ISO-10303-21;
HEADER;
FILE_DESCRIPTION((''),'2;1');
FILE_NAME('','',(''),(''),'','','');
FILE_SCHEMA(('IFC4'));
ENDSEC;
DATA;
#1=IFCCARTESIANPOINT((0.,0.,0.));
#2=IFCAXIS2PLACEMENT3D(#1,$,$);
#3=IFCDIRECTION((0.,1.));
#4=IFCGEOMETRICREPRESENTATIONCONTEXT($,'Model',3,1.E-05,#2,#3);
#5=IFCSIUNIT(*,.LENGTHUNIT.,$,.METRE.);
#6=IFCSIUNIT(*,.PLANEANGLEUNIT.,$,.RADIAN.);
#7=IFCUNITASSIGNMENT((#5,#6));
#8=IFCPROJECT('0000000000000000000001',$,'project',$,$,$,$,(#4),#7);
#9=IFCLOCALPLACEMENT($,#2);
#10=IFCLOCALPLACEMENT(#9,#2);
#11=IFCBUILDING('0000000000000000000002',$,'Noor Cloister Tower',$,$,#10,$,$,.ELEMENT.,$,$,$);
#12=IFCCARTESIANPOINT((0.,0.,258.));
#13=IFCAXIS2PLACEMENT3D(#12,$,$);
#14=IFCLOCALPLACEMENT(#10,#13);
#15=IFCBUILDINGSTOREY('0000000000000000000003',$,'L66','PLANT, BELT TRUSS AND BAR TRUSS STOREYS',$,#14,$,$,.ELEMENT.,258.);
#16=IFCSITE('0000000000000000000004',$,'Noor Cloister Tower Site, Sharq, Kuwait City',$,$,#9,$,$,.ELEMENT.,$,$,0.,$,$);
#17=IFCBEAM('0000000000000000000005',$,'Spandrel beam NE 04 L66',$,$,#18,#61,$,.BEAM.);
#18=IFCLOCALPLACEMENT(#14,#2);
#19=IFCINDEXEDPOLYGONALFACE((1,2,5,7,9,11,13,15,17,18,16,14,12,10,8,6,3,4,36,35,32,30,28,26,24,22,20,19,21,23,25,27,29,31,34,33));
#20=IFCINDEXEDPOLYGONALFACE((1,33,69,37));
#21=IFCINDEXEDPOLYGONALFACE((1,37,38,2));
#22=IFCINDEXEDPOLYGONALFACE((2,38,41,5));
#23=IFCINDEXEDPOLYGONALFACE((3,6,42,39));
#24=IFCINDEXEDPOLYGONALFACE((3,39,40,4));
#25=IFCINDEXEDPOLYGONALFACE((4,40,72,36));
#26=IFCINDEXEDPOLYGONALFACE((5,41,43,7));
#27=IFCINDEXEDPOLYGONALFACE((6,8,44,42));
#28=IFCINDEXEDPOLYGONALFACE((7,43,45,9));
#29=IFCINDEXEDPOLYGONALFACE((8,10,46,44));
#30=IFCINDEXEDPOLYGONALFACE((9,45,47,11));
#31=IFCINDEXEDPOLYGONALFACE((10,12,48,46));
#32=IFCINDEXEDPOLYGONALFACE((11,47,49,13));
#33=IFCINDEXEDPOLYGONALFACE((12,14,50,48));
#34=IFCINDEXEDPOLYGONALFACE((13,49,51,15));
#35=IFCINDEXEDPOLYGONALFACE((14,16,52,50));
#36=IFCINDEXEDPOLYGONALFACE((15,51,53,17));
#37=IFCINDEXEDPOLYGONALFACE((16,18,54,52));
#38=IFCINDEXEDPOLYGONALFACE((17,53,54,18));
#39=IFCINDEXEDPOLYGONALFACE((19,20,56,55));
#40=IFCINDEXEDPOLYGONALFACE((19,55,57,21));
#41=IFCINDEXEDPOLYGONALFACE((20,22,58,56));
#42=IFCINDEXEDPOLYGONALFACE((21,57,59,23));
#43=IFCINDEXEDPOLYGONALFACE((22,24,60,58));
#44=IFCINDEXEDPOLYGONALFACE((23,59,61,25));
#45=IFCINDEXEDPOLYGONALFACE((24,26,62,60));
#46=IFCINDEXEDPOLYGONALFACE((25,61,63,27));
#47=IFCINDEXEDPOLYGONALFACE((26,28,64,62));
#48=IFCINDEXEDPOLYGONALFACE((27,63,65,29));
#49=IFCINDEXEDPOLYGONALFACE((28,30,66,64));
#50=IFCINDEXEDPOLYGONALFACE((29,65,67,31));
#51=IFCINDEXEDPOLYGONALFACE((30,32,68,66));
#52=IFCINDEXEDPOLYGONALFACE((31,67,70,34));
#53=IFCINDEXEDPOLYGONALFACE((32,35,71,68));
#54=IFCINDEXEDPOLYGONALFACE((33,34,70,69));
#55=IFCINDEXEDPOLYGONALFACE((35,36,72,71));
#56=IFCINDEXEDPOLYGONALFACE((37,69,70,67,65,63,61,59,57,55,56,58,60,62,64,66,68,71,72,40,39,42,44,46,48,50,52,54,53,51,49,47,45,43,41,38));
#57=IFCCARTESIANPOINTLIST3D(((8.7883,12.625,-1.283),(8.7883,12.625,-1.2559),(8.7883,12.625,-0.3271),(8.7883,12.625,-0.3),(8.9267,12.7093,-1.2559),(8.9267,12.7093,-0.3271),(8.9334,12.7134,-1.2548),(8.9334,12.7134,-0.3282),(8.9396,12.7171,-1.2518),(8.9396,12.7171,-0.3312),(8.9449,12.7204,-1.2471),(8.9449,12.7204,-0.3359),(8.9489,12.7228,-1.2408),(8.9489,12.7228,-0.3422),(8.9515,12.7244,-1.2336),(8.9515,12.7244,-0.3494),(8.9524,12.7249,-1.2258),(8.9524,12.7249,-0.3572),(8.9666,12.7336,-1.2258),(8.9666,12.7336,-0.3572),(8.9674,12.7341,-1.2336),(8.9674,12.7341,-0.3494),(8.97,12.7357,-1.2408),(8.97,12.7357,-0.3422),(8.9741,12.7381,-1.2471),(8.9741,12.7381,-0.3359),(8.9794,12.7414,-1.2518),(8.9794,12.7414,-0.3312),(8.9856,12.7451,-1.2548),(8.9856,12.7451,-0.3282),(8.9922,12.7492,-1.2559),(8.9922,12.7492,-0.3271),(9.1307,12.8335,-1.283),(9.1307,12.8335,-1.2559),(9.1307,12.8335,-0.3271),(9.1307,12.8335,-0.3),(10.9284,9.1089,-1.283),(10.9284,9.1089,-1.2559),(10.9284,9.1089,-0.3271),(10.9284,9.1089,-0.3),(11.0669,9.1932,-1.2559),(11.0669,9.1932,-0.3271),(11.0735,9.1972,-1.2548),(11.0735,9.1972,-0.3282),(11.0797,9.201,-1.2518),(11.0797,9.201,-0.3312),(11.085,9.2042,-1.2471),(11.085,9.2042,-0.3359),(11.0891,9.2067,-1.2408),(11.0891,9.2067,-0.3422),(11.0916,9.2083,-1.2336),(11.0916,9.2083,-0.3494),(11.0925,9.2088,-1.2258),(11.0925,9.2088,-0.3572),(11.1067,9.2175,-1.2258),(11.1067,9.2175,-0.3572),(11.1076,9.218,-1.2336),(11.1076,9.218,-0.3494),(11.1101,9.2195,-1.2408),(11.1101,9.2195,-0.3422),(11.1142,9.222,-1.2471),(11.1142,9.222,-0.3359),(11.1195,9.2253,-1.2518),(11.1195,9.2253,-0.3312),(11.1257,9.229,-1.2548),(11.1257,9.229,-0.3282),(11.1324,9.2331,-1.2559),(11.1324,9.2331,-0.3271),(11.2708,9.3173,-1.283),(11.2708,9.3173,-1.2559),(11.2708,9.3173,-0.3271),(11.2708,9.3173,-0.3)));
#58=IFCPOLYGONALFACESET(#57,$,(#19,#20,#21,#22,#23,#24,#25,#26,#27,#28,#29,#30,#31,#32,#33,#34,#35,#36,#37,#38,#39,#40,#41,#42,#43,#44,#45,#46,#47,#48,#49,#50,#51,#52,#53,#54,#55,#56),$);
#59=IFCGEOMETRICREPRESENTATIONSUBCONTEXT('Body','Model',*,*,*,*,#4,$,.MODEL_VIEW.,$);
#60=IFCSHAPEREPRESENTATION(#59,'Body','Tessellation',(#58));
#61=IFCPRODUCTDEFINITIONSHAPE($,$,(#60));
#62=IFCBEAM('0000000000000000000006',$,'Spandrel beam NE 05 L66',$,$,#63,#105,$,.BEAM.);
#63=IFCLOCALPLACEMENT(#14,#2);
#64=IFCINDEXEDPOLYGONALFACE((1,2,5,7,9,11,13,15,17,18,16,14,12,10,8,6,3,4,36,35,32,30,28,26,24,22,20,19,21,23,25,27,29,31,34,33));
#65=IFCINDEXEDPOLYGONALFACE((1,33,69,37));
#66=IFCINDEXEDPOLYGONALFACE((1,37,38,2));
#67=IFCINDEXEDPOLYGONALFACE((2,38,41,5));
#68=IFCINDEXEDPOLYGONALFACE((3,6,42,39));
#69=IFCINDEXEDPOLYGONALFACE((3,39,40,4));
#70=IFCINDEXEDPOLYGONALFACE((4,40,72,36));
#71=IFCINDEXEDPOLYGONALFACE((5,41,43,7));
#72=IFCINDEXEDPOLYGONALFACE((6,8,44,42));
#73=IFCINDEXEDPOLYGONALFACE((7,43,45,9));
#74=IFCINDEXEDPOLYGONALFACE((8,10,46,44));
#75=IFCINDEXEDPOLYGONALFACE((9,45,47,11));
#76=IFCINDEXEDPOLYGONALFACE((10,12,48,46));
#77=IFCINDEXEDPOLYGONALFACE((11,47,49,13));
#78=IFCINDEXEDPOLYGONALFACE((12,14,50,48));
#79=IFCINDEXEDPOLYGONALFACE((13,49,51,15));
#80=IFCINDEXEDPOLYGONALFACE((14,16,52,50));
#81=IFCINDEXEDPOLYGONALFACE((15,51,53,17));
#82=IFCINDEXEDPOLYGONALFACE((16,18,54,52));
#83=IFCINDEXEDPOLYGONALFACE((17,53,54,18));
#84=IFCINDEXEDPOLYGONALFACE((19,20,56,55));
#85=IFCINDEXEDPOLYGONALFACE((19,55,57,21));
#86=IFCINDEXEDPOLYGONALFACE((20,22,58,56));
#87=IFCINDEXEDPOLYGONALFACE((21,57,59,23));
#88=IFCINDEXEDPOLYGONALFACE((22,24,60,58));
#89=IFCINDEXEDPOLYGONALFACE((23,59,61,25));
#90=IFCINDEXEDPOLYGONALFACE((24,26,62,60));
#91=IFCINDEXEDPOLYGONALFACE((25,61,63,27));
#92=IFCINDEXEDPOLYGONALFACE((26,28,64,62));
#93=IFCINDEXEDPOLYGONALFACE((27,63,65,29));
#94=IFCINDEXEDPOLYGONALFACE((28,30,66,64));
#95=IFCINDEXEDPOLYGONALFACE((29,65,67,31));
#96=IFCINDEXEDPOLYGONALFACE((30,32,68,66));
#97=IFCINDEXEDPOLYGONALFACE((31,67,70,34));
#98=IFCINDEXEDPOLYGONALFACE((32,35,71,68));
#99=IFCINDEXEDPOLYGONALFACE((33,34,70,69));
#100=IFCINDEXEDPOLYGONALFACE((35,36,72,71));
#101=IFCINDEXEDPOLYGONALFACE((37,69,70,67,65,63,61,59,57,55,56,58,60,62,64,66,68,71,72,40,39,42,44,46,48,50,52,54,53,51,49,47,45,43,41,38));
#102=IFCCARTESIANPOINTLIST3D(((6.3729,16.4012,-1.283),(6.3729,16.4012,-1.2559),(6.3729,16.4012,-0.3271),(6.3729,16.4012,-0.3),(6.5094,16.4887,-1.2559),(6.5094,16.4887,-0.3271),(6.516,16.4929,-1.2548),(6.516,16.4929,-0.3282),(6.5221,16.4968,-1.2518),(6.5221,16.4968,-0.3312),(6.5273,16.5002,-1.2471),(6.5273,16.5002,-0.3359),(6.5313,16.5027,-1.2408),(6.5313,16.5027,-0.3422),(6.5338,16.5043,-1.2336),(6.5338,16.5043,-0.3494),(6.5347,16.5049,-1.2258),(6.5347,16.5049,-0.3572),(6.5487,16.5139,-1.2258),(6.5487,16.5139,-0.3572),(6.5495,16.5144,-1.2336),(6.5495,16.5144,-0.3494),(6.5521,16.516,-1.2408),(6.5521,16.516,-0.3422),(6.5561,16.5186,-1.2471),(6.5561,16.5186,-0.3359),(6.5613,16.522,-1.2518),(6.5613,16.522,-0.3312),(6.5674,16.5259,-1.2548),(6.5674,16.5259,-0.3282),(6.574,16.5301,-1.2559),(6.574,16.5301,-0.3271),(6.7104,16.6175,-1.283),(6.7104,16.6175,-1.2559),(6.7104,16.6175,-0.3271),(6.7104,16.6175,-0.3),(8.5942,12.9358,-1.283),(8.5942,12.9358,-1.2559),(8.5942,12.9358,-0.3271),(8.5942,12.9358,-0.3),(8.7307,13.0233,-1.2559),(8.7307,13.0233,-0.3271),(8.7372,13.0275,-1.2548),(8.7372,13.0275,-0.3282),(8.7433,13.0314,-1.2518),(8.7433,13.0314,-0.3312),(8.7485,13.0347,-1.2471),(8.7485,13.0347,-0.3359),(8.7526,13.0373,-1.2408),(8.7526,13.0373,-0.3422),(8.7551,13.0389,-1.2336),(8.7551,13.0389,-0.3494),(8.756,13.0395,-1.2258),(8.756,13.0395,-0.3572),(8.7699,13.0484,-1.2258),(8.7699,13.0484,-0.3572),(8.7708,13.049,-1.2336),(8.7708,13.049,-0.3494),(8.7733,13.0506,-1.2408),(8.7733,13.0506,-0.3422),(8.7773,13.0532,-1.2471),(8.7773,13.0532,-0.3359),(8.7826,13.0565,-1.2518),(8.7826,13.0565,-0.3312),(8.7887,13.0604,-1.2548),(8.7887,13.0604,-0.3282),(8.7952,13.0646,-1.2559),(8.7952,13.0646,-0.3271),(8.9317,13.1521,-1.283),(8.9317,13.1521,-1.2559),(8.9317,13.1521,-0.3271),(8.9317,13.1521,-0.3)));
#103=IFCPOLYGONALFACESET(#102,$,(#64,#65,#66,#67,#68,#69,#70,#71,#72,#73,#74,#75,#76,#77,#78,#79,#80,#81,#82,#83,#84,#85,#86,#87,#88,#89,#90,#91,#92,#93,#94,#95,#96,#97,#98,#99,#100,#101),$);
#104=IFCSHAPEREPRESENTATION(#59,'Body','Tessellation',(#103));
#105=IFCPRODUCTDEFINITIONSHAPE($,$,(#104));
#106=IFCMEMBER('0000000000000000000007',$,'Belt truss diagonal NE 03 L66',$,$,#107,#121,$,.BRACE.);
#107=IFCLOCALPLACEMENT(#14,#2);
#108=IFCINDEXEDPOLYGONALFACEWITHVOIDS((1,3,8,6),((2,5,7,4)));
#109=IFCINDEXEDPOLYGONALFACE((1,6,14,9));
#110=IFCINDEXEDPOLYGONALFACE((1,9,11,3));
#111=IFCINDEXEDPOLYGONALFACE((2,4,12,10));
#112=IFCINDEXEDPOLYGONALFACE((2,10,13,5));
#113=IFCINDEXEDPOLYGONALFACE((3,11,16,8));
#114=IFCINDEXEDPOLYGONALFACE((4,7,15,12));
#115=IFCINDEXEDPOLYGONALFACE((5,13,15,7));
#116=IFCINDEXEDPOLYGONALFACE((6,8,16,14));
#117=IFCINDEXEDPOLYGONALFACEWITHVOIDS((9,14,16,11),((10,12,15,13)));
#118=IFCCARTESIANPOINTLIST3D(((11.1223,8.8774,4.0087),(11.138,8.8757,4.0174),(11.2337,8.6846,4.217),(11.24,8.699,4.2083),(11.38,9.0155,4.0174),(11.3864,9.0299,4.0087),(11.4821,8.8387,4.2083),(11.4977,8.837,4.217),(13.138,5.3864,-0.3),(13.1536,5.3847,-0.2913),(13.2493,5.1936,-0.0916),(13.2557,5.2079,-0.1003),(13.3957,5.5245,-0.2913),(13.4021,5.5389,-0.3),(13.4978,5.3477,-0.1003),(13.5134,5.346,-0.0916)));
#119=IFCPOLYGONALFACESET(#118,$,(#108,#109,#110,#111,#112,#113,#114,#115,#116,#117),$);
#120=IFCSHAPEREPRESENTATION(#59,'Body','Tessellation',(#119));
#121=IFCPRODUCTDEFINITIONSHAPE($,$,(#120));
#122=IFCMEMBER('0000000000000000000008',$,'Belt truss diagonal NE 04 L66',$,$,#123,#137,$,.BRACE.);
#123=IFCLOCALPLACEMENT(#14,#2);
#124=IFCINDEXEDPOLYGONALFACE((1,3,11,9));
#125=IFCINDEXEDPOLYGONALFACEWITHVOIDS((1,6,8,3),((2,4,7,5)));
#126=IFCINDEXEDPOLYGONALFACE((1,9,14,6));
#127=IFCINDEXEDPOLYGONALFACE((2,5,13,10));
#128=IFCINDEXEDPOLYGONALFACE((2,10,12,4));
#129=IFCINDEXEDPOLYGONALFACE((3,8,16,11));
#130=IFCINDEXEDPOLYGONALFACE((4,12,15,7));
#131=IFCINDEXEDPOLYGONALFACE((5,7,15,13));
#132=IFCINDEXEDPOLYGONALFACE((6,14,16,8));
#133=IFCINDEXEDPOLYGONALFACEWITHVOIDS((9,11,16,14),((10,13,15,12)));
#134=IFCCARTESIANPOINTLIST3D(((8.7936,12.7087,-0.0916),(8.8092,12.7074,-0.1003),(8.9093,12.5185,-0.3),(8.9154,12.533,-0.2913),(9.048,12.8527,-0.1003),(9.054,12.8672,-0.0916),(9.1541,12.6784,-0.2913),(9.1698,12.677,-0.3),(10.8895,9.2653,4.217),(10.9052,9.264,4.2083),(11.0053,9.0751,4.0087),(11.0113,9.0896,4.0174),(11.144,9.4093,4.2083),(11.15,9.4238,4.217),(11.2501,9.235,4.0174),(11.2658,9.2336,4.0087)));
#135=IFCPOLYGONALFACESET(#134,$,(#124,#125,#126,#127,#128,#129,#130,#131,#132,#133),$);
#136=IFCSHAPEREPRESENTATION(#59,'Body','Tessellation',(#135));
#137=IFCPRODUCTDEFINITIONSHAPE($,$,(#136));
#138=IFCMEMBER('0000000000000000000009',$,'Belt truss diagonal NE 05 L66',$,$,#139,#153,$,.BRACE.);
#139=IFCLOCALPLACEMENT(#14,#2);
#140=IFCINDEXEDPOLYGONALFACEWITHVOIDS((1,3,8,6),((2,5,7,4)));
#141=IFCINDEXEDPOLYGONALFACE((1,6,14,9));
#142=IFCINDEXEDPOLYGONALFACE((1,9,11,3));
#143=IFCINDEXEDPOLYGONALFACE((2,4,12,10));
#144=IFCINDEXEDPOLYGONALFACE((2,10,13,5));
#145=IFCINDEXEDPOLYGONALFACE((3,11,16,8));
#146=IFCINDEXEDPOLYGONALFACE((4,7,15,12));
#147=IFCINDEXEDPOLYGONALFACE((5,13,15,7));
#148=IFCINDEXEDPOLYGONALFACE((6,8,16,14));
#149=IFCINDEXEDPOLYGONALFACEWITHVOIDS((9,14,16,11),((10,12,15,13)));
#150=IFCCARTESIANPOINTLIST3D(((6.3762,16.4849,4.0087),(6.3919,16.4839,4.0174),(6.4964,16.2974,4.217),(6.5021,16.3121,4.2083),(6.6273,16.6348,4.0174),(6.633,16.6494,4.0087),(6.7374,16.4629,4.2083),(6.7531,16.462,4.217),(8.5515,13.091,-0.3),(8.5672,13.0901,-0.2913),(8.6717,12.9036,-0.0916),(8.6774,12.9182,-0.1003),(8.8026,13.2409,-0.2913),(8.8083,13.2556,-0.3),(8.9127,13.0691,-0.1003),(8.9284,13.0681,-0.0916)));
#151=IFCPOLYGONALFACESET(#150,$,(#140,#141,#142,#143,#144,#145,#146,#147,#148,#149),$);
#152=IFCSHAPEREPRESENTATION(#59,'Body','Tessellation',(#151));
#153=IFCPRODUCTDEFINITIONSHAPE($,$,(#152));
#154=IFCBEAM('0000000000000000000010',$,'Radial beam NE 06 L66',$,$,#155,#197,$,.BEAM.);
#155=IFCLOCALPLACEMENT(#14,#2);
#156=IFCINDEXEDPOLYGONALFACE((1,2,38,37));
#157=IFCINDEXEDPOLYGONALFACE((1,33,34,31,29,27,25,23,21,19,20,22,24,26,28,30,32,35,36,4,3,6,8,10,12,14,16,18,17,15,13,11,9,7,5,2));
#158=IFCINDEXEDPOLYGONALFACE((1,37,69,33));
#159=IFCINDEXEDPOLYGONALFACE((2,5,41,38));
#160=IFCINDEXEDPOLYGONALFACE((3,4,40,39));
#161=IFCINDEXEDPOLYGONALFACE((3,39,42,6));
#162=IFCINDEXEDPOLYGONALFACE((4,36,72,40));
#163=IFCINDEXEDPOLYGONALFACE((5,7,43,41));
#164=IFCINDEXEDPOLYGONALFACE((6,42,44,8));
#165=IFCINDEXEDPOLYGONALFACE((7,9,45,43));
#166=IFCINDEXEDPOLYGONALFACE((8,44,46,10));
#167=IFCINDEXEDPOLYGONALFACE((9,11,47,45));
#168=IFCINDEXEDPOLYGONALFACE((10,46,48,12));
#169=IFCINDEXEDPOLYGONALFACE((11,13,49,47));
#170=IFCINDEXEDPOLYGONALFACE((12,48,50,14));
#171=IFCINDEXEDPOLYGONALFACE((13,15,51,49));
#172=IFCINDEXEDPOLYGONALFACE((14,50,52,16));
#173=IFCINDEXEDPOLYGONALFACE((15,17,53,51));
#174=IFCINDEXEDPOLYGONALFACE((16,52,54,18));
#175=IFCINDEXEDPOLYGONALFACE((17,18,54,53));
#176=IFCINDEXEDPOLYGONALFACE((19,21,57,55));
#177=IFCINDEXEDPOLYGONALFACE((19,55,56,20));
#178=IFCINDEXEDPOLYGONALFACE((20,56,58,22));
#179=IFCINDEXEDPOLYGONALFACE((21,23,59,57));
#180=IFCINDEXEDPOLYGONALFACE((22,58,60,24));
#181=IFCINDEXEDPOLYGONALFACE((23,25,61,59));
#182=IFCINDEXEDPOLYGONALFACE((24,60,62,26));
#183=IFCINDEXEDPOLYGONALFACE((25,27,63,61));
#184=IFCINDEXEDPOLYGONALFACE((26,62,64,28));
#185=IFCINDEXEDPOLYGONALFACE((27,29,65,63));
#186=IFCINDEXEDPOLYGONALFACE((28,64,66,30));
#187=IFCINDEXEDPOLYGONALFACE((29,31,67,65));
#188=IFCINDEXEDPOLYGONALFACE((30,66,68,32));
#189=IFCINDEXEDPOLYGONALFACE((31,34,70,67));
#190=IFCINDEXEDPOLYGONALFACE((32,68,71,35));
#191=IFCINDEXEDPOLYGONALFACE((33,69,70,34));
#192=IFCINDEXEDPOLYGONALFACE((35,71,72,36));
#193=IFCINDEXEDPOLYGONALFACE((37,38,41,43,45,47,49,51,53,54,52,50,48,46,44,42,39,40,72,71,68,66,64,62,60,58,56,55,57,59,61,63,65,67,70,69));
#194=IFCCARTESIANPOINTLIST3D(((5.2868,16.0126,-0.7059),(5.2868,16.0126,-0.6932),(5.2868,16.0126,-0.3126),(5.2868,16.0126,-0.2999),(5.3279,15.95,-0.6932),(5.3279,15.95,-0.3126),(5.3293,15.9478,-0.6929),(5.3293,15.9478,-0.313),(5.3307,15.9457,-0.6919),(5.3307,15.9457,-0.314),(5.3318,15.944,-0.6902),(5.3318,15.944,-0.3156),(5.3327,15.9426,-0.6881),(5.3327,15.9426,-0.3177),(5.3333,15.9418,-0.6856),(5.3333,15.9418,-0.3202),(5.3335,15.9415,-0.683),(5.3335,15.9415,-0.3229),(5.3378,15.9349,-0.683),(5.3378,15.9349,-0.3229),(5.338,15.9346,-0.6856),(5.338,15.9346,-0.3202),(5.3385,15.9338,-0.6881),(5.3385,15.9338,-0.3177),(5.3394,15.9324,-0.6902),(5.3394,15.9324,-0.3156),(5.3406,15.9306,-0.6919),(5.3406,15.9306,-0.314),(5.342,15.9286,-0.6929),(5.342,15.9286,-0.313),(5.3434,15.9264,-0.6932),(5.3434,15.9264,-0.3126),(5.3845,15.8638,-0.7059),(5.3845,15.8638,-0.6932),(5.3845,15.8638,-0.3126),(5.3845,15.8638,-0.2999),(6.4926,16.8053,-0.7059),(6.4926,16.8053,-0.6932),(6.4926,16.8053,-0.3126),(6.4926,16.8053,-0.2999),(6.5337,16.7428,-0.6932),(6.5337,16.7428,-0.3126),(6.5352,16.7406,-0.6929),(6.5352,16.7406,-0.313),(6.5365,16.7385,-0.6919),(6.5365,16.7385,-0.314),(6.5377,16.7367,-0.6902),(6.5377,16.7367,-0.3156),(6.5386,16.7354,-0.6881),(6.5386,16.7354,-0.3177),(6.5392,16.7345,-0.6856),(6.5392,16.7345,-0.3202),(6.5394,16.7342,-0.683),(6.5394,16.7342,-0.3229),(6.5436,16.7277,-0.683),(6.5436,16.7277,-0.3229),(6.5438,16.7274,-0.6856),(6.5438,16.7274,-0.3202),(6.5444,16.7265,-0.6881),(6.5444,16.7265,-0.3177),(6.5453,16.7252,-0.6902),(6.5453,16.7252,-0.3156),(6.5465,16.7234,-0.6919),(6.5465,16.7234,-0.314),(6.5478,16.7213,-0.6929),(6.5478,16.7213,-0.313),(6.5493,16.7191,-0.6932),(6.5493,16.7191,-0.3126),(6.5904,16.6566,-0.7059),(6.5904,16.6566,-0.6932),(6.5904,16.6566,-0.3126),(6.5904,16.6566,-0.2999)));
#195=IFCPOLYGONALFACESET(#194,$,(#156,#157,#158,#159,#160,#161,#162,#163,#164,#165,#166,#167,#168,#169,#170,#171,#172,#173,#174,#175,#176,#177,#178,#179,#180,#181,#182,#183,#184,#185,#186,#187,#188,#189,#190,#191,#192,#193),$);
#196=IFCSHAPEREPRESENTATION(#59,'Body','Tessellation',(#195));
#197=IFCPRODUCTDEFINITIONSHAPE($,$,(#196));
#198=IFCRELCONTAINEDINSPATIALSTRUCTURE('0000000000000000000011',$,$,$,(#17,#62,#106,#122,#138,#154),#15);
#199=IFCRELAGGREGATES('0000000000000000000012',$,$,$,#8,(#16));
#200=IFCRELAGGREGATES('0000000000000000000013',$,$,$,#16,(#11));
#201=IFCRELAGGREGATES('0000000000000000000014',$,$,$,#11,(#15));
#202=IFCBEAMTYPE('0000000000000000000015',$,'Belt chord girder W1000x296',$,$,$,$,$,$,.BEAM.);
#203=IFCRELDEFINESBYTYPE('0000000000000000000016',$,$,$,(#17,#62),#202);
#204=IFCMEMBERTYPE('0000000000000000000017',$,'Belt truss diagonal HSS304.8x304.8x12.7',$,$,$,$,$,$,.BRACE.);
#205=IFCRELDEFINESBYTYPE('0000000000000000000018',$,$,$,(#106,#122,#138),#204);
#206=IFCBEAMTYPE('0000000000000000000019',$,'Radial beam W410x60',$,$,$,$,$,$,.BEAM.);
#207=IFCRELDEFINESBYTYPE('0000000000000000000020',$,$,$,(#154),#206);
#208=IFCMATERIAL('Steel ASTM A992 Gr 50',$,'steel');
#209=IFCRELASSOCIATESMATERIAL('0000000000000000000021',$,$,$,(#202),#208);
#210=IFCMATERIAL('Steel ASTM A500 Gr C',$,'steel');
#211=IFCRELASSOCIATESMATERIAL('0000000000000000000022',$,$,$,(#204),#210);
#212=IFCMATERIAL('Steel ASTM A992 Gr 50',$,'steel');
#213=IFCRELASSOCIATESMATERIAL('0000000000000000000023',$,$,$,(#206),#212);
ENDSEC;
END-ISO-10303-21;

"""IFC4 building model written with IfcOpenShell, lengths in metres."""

from ifc_helpers import new_model, si_unit, direction, frame, origin, origin_2d, place, context, subcontext, project, spatial, hollow_rectangle, i_section, extrude, material, material_profile, profile_set, type_object, element, save


model = new_model("IFC4")

# Units and contexts
model_context = context("Model", 3, precision=1e-05, world=origin(), true_north=direction((0.0, 1.0)))
body_context = subcontext(model_context, "Body", "Model", "MODEL_VIEW")
ifc_project = project(units=[si_unit("LENGTHUNIT", "METRE"), si_unit("PLANEANGLEUNIT", "RADIAN")], contexts=[model_context])

# Site, building, storey
site_placement = place(None, origin())
site = spatial("IfcSite", under=ifc_project, at=site_placement, Name="Noor Cloister Tower Site, Sharq, Kuwait City", CompositionType="ELEMENT", RefElevation=0.0)
building_placement = place(site_placement, origin())
building = spatial("IfcBuilding", under=site, at=building_placement, Name="Noor Cloister Tower", CompositionType="ELEMENT")
storey_placement = place(building_placement, frame((0.0, 0.0, 258.0)))
storey = spatial("IfcBuildingStorey", under=building, at=storey_placement, Name="L66", Description="PLANT, BELT TRUSS AND BAR TRUSS STOREYS", CompositionType="ELEMENT", Elevation=258.0)

# Beams
ifc_material_1 = material(Name="Steel ASTM A992 Gr 50", Category="steel")
ifc_material_profile_1 = material_profile(ifc_material_1, i_section(OverallWidth=0.4009, OverallDepth=0.9829, WebThickness=0.0166, FlangeThickness=0.0271, FilletRadius=0.03, at=origin_2d()), Name="W1000x296")
ifc_profile_set_1 = profile_set([ifc_material_profile_1], Name="Steel ASTM A992 Gr 50")
beam_type_1 = type_object("IfcBeamType", Name="Belt chord girder W1000x296", PredefinedType="BEAM", material=ifc_profile_set_1)
for number, where, z_axis, x_axis, name in (
    (1, (11.0996, 9.2131, -0.7915), (-0.519928, 0.85421, 0.0), (-0.85421, -0.519928, 0.0), "Spandrel beam NE 04 L66"),
    (2, (8.7629, 13.0439, -0.7915), (-0.539636, 0.841898, 0.0), (-0.841898, -0.539636, 0.0), "Spandrel beam NE 05 L66"),
):
    element("IfcBeam", number, at=place(storey_placement, frame(where, z_axis=z_axis, x_axis=x_axis)), inside=storey, type_object=beam_type_1, Name=name, PredefinedType="BEAM", context=body_context, shape_type="SweptSolid", body=[
        extrude(i_section(OverallWidth=0.4009, OverallDepth=0.9829, WebThickness=0.0166, FlangeThickness=0.0271, FilletRadius=0.03, at=origin_2d()), origin(), (0.0, 0.0, 1.0), 4.1162),
    ])

# Members
ifc_material_2 = material(Name="Steel ASTM A500 Gr C", Category="steel")
ifc_material_profile_2 = material_profile(ifc_material_2, hollow_rectangle(XDim=0.3049, YDim=0.3049, WallThickness=0.0127, at=origin_2d()), Name="HSS304.8x304.8x12.7")
ifc_profile_set_2 = profile_set([ifc_material_profile_2], Name="Steel ASTM A500 Gr C")
member_type = type_object("IfcMemberType", Name="Belt truss diagonal HSS304.8x304.8x12.7", PredefinedType="BRACE", material=ifc_profile_set_2)
for number, where, z_axis, x_axis, name in (
    (3, (13.3257, 5.3662, -0.1958), (-0.341614, 0.591659, 0.730233), (-0.866013, -0.500021, 0.0), "Belt truss diagonal NE 03 L66"),
    (4, (8.9817, 12.6929, -0.1958), (0.355226, -0.583589, 0.730231), (0.8542, 0.519945, 0.0), "Belt truss diagonal NE 04 L66"),
    (5, (8.74, 13.0796, -0.1958), (-0.368674, 0.575189, 0.730231), (-0.841904, -0.539628, 0.0), "Belt truss diagonal NE 05 L66"),
):
    element("IfcMember", number, at=place(storey_placement, frame(where, z_axis=z_axis, x_axis=x_axis)), inside=storey, type_object=member_type, Name=name, PredefinedType="BRACE", context=body_context, shape_type="SweptSolid", body=[
        extrude(hollow_rectangle(XDim=0.3049, YDim=0.3049, WallThickness=0.0127, at=origin_2d()), origin(), (0.0, 0.0, 1.0), 5.9004),
    ])

# Beam
ifc_material_3 = material(Name="Steel ASTM A992 Gr 50", Category="steel")
ifc_material_profile_3 = material_profile(ifc_material_3, i_section(OverallWidth=0.178, OverallDepth=0.406, WebThickness=0.0078, FlangeThickness=0.0127, FilletRadius=0.0103, at=origin_2d()), Name="W410x60")
ifc_profile_set_3 = profile_set([ifc_material_profile_3], Name="Steel ASTM A992 Gr 50")
beam_type_2 = type_object("IfcBeamType", Name="Radial beam W410x60", PredefinedType="BEAM", material=ifc_profile_set_3)
beam_1_placement = place(storey_placement, frame((6.5415, 16.731, -0.5029), z_axis=(-0.835599, -0.54934, 0.0), x_axis=(0.54934, -0.835599, 0.0)))
element("IfcBeam", 6, at=beam_1_placement, inside=storey, type_object=beam_type_2, Name="Radial beam NE 06 L66", PredefinedType="BEAM", context=body_context, shape_type="SweptSolid", body=[
    extrude(i_section(OverallWidth=0.178, OverallDepth=0.406, WebThickness=0.0078, FlangeThickness=0.0127, FilletRadius=0.0103, at=origin_2d()), origin(), (0.0, 0.0, 1.0), 1.4431),
])

save(model, "model.ifc")
